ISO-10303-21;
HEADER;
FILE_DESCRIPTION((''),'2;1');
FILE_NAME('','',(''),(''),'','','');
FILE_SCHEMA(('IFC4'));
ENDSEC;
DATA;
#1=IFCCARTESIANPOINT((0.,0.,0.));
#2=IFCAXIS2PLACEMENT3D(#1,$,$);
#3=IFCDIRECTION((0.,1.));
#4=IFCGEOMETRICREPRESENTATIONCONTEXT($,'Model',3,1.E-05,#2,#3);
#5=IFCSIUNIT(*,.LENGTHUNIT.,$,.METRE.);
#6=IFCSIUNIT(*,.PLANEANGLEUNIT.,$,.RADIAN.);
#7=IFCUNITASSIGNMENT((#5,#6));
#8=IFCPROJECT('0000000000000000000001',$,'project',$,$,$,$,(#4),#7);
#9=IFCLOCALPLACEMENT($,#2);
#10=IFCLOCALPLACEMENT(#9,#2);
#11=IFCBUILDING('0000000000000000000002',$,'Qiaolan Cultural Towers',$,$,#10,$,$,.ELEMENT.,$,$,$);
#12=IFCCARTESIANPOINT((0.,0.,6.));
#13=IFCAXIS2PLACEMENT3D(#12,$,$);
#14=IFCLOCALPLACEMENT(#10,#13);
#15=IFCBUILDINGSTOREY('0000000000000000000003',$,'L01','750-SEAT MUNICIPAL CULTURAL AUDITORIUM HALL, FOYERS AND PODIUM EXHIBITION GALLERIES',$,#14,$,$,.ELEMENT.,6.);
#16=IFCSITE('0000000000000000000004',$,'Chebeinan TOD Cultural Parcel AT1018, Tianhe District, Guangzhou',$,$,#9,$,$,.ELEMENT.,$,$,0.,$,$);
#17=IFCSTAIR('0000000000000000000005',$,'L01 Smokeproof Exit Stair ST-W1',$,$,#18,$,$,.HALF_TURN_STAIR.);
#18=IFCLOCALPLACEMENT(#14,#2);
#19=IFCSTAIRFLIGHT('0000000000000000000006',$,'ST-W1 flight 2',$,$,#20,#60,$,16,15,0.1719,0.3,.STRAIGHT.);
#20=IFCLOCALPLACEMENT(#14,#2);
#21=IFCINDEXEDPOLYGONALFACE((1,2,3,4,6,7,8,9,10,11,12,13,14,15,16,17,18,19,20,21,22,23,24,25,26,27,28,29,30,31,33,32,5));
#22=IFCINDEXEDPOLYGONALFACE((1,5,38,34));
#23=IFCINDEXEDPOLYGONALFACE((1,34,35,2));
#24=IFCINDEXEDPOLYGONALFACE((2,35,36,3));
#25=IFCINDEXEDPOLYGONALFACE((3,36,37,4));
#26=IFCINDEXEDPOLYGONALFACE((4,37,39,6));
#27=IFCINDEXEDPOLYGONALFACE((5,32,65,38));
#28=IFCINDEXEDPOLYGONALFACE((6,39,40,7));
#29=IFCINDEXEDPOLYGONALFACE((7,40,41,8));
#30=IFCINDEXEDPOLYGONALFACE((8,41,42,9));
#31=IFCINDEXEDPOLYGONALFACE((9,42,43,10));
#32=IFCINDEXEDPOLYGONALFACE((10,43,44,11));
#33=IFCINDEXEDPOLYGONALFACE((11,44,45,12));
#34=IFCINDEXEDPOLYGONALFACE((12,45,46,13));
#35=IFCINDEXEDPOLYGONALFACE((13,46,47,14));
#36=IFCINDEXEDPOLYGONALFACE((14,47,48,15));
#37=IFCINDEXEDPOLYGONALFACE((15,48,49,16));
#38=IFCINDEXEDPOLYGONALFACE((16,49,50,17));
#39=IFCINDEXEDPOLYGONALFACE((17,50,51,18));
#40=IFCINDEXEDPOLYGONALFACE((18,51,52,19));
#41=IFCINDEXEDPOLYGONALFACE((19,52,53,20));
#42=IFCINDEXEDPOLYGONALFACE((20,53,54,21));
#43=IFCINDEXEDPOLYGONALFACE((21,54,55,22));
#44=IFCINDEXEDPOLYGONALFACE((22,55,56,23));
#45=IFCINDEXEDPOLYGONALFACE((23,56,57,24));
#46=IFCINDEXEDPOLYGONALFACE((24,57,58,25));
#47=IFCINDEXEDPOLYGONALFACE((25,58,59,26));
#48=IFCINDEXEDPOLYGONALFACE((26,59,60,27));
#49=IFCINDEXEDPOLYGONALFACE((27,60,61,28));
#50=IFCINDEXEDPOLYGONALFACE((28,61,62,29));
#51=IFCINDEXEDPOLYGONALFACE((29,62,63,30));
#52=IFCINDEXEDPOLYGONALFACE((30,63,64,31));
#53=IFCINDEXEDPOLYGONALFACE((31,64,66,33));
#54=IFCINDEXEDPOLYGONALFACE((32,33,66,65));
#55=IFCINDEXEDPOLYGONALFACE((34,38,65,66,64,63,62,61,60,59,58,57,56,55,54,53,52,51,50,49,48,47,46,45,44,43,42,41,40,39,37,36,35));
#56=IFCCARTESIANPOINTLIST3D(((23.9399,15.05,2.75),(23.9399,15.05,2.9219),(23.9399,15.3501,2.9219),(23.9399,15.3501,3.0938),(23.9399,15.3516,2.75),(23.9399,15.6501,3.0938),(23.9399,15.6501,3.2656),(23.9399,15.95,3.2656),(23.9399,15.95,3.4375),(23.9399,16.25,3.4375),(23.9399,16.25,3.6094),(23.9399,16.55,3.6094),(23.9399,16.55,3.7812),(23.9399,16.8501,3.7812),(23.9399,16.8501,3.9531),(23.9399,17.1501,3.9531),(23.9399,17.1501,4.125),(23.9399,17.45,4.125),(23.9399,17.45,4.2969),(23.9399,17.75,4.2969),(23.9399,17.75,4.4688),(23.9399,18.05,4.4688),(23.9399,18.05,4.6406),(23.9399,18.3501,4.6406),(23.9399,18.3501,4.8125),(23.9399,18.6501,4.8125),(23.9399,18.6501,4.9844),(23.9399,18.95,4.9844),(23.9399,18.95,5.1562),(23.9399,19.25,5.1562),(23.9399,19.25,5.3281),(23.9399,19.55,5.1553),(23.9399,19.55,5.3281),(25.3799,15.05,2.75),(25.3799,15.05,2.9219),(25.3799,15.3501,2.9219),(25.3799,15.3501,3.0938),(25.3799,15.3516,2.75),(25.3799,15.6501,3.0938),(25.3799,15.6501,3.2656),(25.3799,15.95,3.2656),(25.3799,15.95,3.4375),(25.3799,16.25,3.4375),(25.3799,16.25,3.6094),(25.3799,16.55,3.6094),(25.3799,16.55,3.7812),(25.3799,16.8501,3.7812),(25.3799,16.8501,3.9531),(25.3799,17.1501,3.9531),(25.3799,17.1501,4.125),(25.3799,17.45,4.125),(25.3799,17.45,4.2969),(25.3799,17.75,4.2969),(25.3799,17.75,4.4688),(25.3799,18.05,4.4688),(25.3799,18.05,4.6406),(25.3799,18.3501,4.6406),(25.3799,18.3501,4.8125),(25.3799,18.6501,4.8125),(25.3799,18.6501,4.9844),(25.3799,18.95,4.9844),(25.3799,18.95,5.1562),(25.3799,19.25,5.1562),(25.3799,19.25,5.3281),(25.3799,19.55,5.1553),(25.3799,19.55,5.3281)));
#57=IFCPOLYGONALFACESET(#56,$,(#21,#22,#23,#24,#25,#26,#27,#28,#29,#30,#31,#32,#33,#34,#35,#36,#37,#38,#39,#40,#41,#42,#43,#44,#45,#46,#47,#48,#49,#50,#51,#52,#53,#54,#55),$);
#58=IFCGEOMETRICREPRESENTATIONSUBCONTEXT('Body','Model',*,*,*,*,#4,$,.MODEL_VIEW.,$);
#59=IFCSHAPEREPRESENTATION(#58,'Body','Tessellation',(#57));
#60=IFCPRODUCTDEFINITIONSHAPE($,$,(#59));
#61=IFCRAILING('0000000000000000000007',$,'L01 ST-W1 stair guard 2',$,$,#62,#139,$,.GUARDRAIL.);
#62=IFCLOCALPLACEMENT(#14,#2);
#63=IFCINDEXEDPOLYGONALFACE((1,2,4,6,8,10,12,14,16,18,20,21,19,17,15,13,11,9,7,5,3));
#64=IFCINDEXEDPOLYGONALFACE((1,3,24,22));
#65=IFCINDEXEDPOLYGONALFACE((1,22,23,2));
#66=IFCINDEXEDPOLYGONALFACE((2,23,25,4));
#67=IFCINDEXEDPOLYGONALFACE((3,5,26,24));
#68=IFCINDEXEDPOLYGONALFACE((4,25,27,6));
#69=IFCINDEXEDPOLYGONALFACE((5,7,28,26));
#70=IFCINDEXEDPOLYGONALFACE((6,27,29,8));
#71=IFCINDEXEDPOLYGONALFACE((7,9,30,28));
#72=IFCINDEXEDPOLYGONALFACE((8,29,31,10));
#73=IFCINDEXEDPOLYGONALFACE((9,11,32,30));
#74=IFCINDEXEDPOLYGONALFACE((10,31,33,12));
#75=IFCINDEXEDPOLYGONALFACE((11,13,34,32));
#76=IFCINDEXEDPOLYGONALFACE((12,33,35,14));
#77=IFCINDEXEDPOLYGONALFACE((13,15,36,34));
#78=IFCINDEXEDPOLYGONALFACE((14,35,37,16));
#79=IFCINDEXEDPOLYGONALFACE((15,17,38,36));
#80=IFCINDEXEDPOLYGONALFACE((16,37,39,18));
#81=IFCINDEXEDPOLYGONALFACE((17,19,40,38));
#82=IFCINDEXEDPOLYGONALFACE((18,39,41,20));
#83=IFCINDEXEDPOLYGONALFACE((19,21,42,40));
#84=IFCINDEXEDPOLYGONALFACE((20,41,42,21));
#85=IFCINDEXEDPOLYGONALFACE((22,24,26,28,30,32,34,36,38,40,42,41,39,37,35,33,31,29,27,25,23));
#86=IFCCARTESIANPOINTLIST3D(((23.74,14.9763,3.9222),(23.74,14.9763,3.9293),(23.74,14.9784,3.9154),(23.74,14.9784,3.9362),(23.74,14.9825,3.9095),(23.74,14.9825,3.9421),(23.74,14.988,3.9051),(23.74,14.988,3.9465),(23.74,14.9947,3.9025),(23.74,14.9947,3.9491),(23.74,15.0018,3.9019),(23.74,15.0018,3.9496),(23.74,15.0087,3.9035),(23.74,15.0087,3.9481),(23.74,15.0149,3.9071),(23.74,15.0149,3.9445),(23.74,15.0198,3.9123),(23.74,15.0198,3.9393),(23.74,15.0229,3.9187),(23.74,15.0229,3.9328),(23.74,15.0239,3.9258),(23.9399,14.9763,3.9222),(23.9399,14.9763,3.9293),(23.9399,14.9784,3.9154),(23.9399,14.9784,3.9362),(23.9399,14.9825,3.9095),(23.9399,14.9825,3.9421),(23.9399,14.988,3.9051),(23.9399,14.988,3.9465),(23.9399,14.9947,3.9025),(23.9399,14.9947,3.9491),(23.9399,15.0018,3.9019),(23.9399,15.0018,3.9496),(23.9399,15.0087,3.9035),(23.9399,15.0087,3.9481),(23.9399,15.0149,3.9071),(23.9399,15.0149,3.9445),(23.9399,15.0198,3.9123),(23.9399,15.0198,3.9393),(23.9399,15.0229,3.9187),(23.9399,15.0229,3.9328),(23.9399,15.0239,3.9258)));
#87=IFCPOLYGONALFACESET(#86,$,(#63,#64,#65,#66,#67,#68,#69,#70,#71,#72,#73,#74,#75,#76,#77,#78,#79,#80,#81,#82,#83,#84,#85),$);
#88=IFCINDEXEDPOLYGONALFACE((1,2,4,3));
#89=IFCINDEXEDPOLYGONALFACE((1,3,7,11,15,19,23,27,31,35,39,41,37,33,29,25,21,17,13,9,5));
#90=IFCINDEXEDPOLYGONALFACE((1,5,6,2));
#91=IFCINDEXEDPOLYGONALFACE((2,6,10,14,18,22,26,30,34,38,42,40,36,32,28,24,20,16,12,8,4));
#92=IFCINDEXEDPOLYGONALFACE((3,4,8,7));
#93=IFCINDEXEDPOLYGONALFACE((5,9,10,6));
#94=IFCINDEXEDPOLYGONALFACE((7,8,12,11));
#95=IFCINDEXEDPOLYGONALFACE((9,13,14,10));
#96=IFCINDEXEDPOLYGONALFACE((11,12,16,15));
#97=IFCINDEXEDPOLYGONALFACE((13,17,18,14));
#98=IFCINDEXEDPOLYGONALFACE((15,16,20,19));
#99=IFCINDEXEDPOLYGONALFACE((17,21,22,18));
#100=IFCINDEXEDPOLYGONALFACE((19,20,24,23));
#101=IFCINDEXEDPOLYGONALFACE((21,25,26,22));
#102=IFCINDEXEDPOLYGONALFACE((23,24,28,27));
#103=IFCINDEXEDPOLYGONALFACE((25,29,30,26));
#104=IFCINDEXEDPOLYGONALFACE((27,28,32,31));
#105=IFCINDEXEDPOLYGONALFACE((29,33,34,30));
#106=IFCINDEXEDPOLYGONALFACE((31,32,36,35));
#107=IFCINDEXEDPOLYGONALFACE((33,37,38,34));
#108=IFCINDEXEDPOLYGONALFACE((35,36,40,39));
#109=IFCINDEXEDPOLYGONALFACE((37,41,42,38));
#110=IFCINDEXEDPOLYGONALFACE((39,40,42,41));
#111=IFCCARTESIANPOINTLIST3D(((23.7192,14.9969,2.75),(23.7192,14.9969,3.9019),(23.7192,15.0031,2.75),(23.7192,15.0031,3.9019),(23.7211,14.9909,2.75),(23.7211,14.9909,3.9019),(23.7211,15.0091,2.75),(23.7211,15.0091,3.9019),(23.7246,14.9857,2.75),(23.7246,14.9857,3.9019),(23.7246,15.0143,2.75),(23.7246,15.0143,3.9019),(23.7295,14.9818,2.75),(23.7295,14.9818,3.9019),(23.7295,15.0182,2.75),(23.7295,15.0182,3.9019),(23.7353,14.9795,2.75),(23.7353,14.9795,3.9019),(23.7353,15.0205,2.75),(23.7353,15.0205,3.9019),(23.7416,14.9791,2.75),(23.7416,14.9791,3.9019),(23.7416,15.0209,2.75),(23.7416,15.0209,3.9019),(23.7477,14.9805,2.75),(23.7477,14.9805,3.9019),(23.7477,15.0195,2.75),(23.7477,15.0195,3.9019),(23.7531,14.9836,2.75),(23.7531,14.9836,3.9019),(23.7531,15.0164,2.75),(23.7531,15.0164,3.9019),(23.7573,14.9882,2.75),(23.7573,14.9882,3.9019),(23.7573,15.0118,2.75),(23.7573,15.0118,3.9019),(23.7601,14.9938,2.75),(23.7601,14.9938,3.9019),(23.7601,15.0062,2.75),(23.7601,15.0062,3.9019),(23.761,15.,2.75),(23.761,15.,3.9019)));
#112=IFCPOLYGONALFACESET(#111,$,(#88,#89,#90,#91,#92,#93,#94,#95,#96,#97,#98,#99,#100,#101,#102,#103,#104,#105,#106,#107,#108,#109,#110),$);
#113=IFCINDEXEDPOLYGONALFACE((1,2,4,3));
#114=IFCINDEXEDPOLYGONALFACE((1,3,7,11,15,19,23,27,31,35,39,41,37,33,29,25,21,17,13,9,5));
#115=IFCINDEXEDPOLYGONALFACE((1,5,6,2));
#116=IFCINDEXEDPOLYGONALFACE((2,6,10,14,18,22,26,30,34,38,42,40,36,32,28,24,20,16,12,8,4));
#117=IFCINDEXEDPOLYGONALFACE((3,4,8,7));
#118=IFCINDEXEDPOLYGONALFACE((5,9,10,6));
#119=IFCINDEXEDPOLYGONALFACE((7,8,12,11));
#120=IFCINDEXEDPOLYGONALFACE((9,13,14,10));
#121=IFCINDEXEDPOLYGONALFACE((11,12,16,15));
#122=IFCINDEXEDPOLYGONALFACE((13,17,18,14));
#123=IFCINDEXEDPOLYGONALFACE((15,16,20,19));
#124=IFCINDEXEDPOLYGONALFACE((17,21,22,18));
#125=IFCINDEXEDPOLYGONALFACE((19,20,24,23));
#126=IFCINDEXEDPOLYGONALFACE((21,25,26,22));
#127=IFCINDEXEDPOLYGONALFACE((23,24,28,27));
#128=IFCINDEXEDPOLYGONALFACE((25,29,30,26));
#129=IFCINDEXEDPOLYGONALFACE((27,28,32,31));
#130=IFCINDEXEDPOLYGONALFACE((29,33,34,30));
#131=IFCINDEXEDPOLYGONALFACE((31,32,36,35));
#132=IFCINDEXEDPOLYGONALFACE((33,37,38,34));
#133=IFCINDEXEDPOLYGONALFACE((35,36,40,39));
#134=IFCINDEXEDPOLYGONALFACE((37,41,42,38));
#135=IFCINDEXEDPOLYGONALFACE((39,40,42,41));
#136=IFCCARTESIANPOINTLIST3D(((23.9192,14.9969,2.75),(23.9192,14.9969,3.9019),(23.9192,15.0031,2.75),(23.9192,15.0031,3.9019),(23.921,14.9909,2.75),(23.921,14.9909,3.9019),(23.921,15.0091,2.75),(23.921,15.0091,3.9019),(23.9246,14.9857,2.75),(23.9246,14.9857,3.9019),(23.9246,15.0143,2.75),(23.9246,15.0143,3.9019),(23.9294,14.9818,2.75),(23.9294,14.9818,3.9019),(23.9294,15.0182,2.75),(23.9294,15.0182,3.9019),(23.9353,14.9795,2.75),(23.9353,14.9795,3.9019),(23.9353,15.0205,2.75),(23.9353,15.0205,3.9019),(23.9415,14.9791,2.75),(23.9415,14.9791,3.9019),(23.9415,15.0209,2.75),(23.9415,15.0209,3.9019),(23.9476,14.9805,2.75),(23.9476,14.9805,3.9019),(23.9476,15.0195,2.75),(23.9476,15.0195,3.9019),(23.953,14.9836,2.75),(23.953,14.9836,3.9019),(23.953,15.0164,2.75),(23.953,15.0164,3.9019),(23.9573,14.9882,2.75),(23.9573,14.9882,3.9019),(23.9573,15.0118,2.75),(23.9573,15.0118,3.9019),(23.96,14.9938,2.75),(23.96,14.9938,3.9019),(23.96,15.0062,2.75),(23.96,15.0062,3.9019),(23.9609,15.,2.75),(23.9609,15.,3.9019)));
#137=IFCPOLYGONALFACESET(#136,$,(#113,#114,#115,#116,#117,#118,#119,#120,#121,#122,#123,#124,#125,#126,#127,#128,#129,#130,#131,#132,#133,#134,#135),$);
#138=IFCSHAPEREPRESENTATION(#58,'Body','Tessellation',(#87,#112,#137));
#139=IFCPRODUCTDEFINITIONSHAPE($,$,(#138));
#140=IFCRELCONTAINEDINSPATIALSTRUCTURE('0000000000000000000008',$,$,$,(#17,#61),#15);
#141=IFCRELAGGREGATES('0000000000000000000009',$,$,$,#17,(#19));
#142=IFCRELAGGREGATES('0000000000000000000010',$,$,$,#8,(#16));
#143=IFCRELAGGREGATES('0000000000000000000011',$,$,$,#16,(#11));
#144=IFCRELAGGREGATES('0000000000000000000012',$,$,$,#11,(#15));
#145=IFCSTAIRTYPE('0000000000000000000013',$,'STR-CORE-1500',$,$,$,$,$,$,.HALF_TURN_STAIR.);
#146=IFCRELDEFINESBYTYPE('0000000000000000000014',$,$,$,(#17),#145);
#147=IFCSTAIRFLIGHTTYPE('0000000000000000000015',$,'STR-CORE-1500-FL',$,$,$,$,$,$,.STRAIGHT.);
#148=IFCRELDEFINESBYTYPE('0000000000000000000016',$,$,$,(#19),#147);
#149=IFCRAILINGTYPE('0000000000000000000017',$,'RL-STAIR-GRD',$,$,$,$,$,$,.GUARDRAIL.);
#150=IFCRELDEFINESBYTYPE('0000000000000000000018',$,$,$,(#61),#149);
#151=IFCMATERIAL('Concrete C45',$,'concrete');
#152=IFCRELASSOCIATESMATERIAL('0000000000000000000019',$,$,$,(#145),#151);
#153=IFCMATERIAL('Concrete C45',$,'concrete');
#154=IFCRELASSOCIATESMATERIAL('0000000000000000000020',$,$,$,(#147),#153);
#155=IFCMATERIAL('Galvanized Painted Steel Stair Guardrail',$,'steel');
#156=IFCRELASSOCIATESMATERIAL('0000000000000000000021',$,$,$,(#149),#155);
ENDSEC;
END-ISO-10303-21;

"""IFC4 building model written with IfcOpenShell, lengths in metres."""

from ifc_helpers import new_model, si_unit, direction, frame, origin, origin_2d, place, context, subcontext, project, spatial, polyline, circle, outline, extrude, material, type_object, element, aggregate, save


model = new_model("IFC4")

# Units and contexts
model_context = context("Model", 3, precision=1e-05, world=origin(), true_north=direction((0.0, 1.0)))
body_context = subcontext(model_context, "Body", "Model", "MODEL_VIEW")
ifc_project = project(units=[si_unit("LENGTHUNIT", "METRE"), si_unit("PLANEANGLEUNIT", "RADIAN")], contexts=[model_context])

# Site, building, storey
site_placement = place(None, origin())
site = spatial("IfcSite", under=ifc_project, at=site_placement, Name="Chebeinan TOD Cultural Parcel AT1018, Tianhe District, Guangzhou", CompositionType="ELEMENT", RefElevation=0.0)
building_placement = place(site_placement, origin())
building = spatial("IfcBuilding", under=site, at=building_placement, Name="Qiaolan Cultural Towers", CompositionType="ELEMENT")
storey_placement = place(building_placement, frame((0.0, 0.0, 6.0)))
storey = spatial("IfcBuildingStorey", under=building, at=storey_placement, Name="L01", Description="750-SEAT MUNICIPAL CULTURAL AUDITORIUM HALL, FOYERS AND PODIUM EXHIBITION GALLERIES", CompositionType="ELEMENT", Elevation=6.0)

# Stair, stair flight
ifc_material_1 = material(Name="Concrete C45", Category="concrete")
stair_type = type_object("IfcStairType", Name="STR-CORE-1500", PredefinedType="HALF_TURN_STAIR", material=ifc_material_1)
stair_placement = place(storey_placement, origin())
stair = element("IfcStair", 1, at=stair_placement, inside=storey, type_object=stair_type, Name="L01 Smokeproof Exit Stair ST-W1", PredefinedType="HALF_TURN_STAIR")
ifc_material_2 = material(Name="Concrete C45", Category="concrete")
stair_flight_type = type_object("IfcStairFlightType", Name="STR-CORE-1500-FL", PredefinedType="STRAIGHT", material=ifc_material_2)
stair_flight_placement = place(storey_placement, frame((24.6599, 15.05, 2.75), z_axis=(0.0, 0.0, 1.0), x_axis=(0.0, 1.0, 0.0)))
stair_flight = element("IfcStairFlight", 2, at=stair_flight_placement, type_object=stair_flight_type, Name="ST-W1 flight 2", NumberOfRisers=16, NumberOfTreads=15, PredefinedType="STRAIGHT", RiserHeight=0.1719, TreadLength=0.3, context=body_context, shape_type="SweptSolid", body=[
    extrude(outline(polyline([(0.0, 0.0), (0.0, 0.1719), (0.3, 0.1719), (0.3, 0.3438), (0.6001, 0.3438), (0.6001, 0.5156), (0.8999, 0.5156), (0.8999, 0.6875), (1.2, 0.6875), (1.2, 0.8594), (1.5, 0.8594), (1.5, 1.0312), (1.8, 1.0312), (1.8, 1.2031), (2.1001, 1.2031), (2.1001, 1.375), (2.3999, 1.375), (2.3999, 1.5469), (2.7, 1.5469), (2.7, 1.7188), (3.0, 1.7188), (3.0, 1.8906), (3.3, 1.8906), (3.3, 2.0625), (3.6001, 2.0625), (3.6001, 2.2344), (3.8999, 2.2344), (3.8999, 2.4062), (4.2, 2.4062), (4.2, 2.5781), (4.5, 2.5781), (4.5, 2.75), (4.5, 2.4053), (0.3015, 0.0), (0.0, 0.0)])), frame((0.0, 0.72, 0.0), z_axis=(0.0, -1.0, 0.0), x_axis=(1.0, 0.0, 0.0)), (0.0, 0.0, 1.0), 1.4399),
])
aggregate(stair, [stair_flight])

# Railing
ifc_material_3 = material(Name="Galvanized Painted Steel Stair Guardrail", Category="steel")
railing_type_1 = type_object("IfcRailingType", Name="RL-STAIR-GRD", PredefinedType="GUARDRAIL", material=ifc_material_3)
railing_1_placement = place(storey_placement, frame((23.74, 15.0, 2.75)))
element("IfcRailing", 3, at=railing_1_placement, inside=storey, type_object=railing_type_1, Name="L01 ST-W1 stair guard 2", PredefinedType="GUARDRAIL", context=body_context, shape_type="SweptSolid", body=[
    extrude(circle(Radius=0.0239, at=origin_2d()), frame((0.0, 0.0, 1.1758), z_axis=(1.0, 0.0, 0.0), x_axis=(0.0, 1.0, 0.0)), (0.0, 0.0, 1.0), 0.2),
    extrude(circle(Radius=0.021, at=origin_2d()), origin(), (0.0, 0.0, 1.0), 1.1519),
    extrude(circle(Radius=0.021, at=origin_2d()), frame((0.2, 0.0, 0.0)), (0.0, 0.0, 1.0), 1.1519),
])

save(model, "model.ifc")
